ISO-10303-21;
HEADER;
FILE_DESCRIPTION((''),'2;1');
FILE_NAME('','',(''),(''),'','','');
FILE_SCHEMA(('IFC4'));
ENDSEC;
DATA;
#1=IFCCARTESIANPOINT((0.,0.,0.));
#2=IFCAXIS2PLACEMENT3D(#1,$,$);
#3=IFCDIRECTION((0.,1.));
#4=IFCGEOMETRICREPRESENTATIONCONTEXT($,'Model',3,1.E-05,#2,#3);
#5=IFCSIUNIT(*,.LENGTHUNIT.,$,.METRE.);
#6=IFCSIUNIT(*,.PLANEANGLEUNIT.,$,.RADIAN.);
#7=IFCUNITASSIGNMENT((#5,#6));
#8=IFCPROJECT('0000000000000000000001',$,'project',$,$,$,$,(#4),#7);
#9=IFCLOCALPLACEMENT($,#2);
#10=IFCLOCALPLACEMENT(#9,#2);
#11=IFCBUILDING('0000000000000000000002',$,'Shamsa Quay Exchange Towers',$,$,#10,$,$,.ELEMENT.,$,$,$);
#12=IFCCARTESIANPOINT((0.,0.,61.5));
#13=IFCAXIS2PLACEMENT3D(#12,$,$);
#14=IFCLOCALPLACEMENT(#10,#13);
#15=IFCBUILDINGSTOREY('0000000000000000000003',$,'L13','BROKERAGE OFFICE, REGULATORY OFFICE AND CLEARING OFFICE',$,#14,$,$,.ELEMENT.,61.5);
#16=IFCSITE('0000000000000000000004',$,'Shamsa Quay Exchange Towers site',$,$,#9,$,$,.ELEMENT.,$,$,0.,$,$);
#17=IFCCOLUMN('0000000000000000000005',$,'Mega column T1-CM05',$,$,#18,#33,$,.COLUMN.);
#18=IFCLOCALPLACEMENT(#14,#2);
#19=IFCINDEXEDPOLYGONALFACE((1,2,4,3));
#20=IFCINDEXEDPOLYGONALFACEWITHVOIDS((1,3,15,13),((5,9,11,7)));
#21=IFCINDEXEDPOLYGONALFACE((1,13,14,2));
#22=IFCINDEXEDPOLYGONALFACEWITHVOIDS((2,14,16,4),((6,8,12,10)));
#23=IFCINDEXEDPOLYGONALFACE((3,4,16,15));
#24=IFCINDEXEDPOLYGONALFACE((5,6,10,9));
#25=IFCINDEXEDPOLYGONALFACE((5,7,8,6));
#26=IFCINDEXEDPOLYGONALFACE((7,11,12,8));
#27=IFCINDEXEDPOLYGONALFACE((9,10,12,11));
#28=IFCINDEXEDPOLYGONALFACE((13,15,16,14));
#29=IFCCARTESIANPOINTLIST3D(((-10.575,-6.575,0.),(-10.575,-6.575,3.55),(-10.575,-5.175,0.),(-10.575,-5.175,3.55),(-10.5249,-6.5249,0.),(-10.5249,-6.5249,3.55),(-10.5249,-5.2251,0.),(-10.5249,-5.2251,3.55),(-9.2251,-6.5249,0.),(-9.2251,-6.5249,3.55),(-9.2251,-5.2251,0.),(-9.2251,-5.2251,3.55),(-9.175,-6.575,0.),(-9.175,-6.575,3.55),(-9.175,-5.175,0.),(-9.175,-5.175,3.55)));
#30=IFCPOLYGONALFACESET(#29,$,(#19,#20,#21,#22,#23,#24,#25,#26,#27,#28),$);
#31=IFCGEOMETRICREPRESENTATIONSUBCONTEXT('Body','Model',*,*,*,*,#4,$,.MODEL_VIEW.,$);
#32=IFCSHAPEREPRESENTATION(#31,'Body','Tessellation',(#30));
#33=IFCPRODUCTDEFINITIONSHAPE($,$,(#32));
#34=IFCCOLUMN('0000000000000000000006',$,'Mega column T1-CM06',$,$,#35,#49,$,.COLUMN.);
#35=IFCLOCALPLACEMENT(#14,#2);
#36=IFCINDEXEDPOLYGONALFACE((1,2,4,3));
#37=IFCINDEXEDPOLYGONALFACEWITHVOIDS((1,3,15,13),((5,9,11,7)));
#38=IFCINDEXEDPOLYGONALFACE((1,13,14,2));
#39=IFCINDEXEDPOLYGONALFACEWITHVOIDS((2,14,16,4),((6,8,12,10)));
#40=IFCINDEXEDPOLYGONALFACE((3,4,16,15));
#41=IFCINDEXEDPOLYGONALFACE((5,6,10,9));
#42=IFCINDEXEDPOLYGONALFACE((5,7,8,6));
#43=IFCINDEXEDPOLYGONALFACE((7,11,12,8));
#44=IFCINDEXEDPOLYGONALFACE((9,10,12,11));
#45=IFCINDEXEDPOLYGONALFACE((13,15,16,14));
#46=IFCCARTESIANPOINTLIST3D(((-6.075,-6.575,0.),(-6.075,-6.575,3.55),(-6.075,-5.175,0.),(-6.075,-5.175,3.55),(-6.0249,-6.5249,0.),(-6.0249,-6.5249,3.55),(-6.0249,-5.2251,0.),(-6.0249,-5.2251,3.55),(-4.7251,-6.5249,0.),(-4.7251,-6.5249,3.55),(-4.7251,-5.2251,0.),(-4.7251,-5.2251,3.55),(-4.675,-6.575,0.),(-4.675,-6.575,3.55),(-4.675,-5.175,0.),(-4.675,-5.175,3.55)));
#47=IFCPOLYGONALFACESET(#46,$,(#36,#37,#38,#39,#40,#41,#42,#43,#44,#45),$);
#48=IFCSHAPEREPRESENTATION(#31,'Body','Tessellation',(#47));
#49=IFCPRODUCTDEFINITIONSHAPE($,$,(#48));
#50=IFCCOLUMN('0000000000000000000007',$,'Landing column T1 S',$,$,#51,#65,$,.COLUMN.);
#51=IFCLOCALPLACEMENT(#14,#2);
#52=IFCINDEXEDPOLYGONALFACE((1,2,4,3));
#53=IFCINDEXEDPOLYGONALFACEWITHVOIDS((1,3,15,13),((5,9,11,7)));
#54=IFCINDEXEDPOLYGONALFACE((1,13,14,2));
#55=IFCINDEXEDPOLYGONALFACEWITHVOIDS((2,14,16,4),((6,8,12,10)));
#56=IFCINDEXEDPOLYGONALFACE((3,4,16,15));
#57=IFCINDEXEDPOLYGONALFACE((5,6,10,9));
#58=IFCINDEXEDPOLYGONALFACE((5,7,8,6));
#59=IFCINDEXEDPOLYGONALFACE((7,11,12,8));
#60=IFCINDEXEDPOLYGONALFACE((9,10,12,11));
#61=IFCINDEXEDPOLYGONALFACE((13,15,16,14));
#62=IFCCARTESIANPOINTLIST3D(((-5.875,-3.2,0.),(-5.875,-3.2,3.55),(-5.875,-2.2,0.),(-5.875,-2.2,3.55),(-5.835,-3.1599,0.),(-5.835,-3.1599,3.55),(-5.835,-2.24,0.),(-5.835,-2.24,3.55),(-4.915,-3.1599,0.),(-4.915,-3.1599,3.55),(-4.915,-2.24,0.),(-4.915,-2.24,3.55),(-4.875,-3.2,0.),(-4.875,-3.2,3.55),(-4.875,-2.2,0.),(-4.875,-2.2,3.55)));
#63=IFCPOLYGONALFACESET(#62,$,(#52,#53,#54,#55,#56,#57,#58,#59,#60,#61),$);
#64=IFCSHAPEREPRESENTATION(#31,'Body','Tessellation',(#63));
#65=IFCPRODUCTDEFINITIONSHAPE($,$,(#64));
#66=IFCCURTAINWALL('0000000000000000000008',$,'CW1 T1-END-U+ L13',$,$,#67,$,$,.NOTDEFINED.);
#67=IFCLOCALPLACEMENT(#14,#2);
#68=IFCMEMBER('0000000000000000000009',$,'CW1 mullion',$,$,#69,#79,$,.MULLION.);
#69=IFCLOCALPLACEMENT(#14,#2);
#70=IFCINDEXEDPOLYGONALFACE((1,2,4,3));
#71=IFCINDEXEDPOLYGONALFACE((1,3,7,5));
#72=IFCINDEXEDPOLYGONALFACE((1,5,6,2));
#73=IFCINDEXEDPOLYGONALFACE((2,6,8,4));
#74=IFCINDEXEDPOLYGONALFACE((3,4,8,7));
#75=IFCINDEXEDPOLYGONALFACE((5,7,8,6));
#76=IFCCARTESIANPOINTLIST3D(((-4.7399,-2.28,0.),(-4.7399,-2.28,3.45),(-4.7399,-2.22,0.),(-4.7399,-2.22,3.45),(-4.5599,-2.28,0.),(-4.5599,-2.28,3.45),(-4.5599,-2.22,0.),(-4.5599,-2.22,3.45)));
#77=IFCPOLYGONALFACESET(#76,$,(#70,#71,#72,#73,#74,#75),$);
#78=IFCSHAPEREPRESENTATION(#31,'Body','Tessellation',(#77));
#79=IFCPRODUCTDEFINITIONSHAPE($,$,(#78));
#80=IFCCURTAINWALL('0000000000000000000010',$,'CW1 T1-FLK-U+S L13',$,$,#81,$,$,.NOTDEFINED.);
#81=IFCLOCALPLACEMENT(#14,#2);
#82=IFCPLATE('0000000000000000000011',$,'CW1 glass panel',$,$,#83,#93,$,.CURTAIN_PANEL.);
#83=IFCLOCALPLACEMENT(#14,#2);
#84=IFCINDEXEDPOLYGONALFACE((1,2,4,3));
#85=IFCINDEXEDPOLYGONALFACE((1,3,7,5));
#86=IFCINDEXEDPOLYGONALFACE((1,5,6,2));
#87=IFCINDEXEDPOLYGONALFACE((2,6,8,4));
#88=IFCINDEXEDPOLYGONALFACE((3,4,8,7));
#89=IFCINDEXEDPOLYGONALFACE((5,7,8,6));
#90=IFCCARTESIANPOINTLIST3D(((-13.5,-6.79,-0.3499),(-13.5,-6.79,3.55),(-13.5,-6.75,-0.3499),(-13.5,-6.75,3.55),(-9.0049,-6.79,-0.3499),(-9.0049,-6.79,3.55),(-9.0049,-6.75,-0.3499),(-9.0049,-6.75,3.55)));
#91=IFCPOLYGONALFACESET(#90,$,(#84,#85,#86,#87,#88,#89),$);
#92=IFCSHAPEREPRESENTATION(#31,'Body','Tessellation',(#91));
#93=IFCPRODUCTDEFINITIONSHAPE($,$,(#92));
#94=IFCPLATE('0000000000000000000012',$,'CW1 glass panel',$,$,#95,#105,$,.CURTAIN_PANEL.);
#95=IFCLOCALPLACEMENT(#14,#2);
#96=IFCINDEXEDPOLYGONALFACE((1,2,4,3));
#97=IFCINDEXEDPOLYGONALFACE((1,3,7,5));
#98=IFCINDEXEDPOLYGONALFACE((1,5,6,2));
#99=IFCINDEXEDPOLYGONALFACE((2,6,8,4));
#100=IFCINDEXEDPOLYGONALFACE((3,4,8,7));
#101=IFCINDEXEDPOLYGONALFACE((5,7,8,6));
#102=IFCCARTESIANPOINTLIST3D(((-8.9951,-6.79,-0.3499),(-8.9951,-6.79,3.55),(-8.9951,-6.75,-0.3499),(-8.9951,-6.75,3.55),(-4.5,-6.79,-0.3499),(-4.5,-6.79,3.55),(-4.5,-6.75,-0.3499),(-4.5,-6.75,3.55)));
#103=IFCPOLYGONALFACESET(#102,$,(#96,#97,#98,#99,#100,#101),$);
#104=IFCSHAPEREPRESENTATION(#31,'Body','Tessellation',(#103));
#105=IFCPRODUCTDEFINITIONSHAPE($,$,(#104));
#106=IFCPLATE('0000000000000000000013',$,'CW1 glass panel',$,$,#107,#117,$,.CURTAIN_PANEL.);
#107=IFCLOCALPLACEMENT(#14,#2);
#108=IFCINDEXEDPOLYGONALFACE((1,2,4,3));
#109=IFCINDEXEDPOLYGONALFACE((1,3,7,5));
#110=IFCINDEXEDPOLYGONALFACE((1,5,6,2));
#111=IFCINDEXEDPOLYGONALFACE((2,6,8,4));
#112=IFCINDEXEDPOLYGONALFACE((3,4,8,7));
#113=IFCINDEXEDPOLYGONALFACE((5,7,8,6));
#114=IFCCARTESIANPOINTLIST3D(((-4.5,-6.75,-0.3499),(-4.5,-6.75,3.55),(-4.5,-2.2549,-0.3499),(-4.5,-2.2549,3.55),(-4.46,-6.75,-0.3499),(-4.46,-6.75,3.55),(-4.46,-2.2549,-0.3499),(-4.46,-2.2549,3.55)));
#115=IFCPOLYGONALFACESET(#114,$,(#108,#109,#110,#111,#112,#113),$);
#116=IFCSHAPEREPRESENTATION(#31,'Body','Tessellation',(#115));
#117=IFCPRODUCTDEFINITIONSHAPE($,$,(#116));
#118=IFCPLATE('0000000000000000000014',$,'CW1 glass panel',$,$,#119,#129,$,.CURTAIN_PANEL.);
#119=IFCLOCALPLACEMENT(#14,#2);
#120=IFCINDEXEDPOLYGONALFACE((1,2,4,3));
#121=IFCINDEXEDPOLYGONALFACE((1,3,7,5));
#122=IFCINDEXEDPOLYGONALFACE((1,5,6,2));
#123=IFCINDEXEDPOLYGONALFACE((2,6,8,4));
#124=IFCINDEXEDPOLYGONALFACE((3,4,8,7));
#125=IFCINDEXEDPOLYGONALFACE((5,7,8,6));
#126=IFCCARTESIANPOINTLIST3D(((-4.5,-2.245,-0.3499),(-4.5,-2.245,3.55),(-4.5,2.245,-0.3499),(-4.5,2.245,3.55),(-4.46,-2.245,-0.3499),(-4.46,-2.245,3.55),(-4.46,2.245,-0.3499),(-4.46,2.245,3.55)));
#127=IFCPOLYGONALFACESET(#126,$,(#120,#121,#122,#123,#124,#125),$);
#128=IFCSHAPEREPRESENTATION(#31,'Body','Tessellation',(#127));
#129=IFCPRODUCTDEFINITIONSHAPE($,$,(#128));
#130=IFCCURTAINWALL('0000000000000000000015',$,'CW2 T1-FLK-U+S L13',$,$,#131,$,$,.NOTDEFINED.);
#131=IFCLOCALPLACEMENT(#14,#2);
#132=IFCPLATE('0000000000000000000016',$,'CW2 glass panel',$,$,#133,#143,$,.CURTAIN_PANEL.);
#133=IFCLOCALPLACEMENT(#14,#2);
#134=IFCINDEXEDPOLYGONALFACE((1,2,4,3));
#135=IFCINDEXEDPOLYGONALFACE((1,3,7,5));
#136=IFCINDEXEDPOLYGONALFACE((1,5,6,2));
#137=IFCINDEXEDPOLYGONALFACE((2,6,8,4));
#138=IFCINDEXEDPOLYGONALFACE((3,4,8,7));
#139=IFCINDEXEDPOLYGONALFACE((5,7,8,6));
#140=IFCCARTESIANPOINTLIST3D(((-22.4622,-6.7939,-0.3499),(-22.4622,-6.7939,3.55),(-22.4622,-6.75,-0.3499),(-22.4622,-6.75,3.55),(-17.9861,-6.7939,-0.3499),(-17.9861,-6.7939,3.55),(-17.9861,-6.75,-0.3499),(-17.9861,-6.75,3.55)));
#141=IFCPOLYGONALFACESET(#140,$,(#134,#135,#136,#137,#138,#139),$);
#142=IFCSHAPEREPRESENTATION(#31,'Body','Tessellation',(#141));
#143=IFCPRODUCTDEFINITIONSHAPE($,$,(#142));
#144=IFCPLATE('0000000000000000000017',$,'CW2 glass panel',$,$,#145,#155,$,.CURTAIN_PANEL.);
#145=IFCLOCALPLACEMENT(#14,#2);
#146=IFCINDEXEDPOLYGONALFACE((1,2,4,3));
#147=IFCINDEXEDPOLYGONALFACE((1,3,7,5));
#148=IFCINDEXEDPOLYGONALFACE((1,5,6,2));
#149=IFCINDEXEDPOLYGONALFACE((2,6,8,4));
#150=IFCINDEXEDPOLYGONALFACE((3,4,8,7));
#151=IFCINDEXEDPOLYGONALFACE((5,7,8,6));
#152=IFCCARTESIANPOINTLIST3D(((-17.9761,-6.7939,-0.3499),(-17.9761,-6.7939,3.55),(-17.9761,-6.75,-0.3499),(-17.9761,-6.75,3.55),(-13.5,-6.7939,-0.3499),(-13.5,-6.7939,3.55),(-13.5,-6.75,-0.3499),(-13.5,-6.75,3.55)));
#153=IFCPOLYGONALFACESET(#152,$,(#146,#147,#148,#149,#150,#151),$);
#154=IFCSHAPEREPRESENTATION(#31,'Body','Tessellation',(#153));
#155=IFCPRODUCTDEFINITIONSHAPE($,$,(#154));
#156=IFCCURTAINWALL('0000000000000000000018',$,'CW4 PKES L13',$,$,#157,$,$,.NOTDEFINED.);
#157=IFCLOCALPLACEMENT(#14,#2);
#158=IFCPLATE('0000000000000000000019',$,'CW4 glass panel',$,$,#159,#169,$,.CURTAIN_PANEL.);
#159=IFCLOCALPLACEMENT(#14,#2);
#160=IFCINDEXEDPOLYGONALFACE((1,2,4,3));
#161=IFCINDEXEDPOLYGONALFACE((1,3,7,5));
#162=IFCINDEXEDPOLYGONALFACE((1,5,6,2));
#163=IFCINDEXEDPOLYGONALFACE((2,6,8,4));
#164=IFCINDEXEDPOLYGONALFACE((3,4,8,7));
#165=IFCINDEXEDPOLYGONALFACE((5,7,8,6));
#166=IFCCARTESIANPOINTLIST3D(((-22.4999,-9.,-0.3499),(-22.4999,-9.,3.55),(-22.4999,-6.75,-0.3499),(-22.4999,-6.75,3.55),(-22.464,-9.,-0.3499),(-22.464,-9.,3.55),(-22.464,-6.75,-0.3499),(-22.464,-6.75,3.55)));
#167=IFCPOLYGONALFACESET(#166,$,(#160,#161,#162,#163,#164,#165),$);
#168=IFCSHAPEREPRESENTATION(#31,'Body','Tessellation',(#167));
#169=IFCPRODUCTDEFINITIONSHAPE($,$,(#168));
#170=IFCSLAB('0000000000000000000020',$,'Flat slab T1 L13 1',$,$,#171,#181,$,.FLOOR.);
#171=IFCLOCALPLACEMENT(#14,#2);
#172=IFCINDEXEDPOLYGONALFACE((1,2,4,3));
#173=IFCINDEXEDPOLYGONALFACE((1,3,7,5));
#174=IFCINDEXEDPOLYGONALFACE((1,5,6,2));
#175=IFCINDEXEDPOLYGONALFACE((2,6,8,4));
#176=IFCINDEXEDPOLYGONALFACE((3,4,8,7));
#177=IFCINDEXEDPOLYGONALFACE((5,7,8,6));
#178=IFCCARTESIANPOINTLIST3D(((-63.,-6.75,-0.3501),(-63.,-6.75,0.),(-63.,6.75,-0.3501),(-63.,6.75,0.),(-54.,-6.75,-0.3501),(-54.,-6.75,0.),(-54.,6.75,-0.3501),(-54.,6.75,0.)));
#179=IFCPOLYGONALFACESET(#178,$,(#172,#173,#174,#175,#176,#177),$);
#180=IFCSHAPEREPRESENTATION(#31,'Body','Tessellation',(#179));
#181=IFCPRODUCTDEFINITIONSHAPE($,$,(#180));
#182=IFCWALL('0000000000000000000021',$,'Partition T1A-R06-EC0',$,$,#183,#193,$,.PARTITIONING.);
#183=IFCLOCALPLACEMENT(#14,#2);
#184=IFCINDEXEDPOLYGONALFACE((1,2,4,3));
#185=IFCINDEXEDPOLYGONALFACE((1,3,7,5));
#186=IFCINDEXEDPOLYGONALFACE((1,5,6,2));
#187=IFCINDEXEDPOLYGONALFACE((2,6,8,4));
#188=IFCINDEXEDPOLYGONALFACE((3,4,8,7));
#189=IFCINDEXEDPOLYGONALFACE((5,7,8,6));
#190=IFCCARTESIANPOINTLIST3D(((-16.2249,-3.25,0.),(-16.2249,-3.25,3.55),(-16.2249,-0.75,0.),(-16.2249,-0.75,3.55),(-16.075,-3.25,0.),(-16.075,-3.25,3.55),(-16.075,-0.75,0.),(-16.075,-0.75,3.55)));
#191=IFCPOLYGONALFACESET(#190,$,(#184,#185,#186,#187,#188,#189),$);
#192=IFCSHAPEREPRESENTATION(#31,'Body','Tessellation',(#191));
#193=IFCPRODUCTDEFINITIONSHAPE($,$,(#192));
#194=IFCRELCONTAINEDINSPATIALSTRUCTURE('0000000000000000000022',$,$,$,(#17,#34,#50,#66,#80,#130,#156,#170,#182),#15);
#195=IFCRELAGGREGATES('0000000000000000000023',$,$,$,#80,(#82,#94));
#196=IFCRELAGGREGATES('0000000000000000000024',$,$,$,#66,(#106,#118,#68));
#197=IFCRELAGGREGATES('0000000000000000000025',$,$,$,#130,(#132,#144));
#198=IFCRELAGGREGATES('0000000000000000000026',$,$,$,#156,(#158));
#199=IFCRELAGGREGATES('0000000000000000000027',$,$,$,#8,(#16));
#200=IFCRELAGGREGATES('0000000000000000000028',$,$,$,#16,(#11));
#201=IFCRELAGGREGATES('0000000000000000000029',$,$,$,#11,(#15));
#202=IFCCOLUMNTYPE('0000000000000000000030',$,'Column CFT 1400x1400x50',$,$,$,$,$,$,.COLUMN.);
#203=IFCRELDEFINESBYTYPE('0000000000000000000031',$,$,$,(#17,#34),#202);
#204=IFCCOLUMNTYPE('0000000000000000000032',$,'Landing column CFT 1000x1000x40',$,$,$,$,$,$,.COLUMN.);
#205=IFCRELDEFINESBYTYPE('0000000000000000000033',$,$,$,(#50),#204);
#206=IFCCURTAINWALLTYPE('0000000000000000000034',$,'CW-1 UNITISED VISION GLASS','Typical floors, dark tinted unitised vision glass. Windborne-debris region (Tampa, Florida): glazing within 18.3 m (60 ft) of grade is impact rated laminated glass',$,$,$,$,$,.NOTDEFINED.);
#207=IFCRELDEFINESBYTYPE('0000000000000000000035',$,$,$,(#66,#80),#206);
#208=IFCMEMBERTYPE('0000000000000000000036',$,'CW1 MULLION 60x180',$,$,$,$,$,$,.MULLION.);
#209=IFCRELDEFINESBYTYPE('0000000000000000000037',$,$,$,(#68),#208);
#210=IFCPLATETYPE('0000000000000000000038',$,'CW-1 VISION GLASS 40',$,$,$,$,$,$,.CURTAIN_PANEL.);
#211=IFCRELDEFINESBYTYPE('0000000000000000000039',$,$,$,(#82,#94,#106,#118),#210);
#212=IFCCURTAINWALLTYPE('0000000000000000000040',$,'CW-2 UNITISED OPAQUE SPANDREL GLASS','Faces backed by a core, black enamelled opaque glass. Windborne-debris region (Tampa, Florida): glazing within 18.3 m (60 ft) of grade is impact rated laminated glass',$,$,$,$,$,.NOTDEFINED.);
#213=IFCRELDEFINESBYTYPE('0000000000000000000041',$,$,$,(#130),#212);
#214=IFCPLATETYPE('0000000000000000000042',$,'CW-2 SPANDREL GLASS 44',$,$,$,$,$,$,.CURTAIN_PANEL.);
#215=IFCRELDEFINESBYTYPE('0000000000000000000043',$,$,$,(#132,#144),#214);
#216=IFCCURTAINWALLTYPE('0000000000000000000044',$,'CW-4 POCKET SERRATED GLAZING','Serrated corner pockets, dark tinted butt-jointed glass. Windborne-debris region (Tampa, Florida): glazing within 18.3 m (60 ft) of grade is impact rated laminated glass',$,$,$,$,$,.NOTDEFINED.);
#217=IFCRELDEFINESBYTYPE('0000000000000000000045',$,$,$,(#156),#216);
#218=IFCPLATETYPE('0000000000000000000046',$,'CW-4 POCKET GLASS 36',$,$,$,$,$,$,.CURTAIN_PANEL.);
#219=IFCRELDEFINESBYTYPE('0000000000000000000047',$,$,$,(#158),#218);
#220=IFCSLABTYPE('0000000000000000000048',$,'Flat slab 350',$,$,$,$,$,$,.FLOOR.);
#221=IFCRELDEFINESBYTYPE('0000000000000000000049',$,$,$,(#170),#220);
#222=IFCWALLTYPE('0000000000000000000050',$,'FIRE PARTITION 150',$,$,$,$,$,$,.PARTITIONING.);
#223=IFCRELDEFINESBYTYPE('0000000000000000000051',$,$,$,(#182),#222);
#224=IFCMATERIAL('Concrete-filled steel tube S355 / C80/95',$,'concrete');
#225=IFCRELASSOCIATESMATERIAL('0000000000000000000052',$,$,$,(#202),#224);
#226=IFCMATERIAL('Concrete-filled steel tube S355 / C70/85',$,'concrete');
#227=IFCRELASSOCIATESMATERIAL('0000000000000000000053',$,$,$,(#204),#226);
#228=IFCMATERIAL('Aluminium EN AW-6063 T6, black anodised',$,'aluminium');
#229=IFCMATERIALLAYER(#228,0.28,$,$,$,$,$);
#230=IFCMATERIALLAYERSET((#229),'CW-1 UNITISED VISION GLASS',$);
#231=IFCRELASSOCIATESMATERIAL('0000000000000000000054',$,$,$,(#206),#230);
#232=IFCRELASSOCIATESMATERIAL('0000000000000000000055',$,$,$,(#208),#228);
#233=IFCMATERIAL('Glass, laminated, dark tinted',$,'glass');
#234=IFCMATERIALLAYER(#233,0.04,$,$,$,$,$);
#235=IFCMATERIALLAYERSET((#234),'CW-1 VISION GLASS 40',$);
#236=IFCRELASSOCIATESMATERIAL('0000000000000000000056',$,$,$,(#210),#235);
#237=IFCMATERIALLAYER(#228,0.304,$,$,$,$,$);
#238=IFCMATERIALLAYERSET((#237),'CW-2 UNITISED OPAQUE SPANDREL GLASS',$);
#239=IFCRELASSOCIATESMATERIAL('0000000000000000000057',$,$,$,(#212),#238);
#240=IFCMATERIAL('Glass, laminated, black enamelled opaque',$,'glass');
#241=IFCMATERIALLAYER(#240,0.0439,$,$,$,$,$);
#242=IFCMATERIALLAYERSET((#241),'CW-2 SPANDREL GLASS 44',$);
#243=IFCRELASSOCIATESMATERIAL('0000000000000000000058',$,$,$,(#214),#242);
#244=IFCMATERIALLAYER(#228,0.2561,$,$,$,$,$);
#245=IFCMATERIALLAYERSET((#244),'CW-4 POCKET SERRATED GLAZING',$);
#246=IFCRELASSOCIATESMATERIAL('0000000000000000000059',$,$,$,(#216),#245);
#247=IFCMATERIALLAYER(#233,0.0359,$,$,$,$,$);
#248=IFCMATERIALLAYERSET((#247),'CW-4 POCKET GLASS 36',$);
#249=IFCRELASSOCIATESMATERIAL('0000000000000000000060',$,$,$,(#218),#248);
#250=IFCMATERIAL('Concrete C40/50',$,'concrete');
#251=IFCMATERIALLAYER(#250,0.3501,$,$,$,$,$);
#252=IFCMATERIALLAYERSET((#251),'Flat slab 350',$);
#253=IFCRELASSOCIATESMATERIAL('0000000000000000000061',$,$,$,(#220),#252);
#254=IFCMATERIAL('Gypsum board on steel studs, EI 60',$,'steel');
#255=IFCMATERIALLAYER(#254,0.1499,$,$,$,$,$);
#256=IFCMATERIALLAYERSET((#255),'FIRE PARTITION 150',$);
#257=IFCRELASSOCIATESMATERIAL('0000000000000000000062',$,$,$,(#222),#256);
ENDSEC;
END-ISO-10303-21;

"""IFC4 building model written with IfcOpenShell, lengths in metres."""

from ifc_helpers import new_model, si_unit, direction, frame, frame_2d, origin, origin_2d, place, context, subcontext, project, spatial, polyline, rectangle, hollow_rectangle, outline, extrude, material, layer, layer_set, material_profile, profile_set, type_object, element, aggregate, save


model = new_model("IFC4")

# Units and contexts
model_context = context("Model", 3, precision=1e-05, world=origin(), true_north=direction((0.0, 1.0)))
body_context = subcontext(model_context, "Body", "Model", "MODEL_VIEW")
ifc_project = project(units=[si_unit("LENGTHUNIT", "METRE"), si_unit("PLANEANGLEUNIT", "RADIAN")], contexts=[model_context])

# Site, building, storey
site_placement = place(None, origin())
site = spatial("IfcSite", under=ifc_project, at=site_placement, Name="Shamsa Quay Exchange Towers site", CompositionType="ELEMENT", RefElevation=0.0)
building_placement = place(site_placement, origin())
building = spatial("IfcBuilding", under=site, at=building_placement, Name="Shamsa Quay Exchange Towers", CompositionType="ELEMENT")
storey_placement = place(building_placement, frame((0.0, 0.0, 61.5)))
storey = spatial("IfcBuildingStorey", under=building, at=storey_placement, Name="L13", Description="BROKERAGE OFFICE, REGULATORY OFFICE AND CLEARING OFFICE", CompositionType="ELEMENT", Elevation=61.5)

# Columns
ifc_material_1 = material(Name="Concrete-filled steel tube S355 / C80/95", Category="concrete")
ifc_material_profile_1 = material_profile(ifc_material_1, hollow_rectangle(XDim=1.3999, YDim=1.3999, WallThickness=0.05, at=origin_2d()), Name="CFT 1400x1400x50")
ifc_profile_set_1 = profile_set([ifc_material_profile_1], Name="Concrete-filled steel tube S355 / C80/95")
column_type_1 = type_object("IfcColumnType", Name="Column CFT 1400x1400x50", PredefinedType="COLUMN", material=ifc_profile_set_1)
for number, where, name in (
    (1, (-9.875, -5.875, 0.0), "Mega column T1-CM05"),
    (2, (-5.375, -5.875, 0.0), "Mega column T1-CM06"),
):
    element("IfcColumn", number, at=place(storey_placement, frame(where)), inside=storey, type_object=column_type_1, Name=name, PredefinedType="COLUMN", context=body_context, shape_type="SweptSolid", body=[
        extrude(hollow_rectangle(XDim=1.3999, YDim=1.3999, WallThickness=0.05, at=origin_2d()), origin(), (0.0, 0.0, 1.0), 3.55),
    ])
ifc_material_2 = material(Name="Concrete-filled steel tube S355 / C70/85", Category="concrete")
ifc_material_profile_2 = material_profile(ifc_material_2, hollow_rectangle(XDim=1.0, YDim=1.0, WallThickness=0.04, at=origin_2d()), Name="CFT 1000x1000x40")
ifc_profile_set_2 = profile_set([ifc_material_profile_2], Name="Concrete-filled steel tube S355 / C70/85")
column_type_2 = type_object("IfcColumnType", Name="Landing column CFT 1000x1000x40", PredefinedType="COLUMN", material=ifc_profile_set_2)
column_placement = place(storey_placement, frame((-5.375, -2.7, 0.0)))
element("IfcColumn", 3, at=column_placement, inside=storey, type_object=column_type_2, Name="Landing column T1 S", PredefinedType="COLUMN", context=body_context, shape_type="SweptSolid", body=[
    extrude(hollow_rectangle(XDim=1.0, YDim=1.0, WallThickness=0.04, at=origin_2d()), origin(), (0.0, 0.0, 1.0), 3.55),
])

# Curtain wall, member
ifc_material_3 = material(Name="Aluminium EN AW-6063 T6, black anodised", Category="aluminium")
ifc_layer_1 = layer(ifc_material_3, 0.28)
ifc_layer_set_1 = layer_set([ifc_layer_1], Name="CW-1 UNITISED VISION GLASS")
curtain_wall_type_1 = type_object("IfcCurtainWallType", Name="CW-1 UNITISED VISION GLASS", Description="Typical floors, dark tinted unitised vision glass. Windborne-debris region (Tampa, Florida): glazing within 18.3 m (60 ft) of grade is impact rated laminated glass", PredefinedType="NOTDEFINED", material=ifc_layer_set_1)
curtain_wall_1_placement = place(storey_placement, origin())
curtain_wall_1 = element("IfcCurtainWall", 4, at=curtain_wall_1_placement, inside=storey, type_object=curtain_wall_type_1, Name="CW1 T1-END-U+ L13", PredefinedType="NOTDEFINED")
ifc_material_profile_3 = material_profile(ifc_material_3, rectangle(XDim=0.1799, YDim=0.0601, at=origin_2d()), Name="MU60x180")
ifc_profile_set_3 = profile_set([ifc_material_profile_3], Name="Aluminium EN AW-6063 T6, black anodised")
member_type = type_object("IfcMemberType", Name="CW1 MULLION 60x180", PredefinedType="MULLION", material=ifc_profile_set_3)
member_placement = place(storey_placement, frame((-4.6499, -2.25, 0.0), z_axis=(0.0, 0.0, 1.0), x_axis=(-1.0, 0.0, 0.0)))
member = element("IfcMember", 5, at=member_placement, type_object=member_type, Name="CW1 mullion", PredefinedType="MULLION", context=body_context, shape_type="SweptSolid", body=[
    extrude(rectangle(XDim=0.1799, YDim=0.0601, at=origin_2d()), origin(), (0.0, 0.0, 1.0), 3.45),
])

# Curtain wall, plates
curtain_wall_2_placement = place(storey_placement, origin())
curtain_wall_2 = element("IfcCurtainWall", 6, at=curtain_wall_2_placement, inside=storey, type_object=curtain_wall_type_1, Name="CW1 T1-FLK-U+S L13", PredefinedType="NOTDEFINED")
ifc_material_4 = material(Name="Glass, laminated, dark tinted", Category="glass")
ifc_layer_2 = layer(ifc_material_4, 0.04)
ifc_layer_set_2 = layer_set([ifc_layer_2], Name="CW-1 VISION GLASS 40")
plate_type_1 = type_object("IfcPlateType", Name="CW-1 VISION GLASS 40", PredefinedType="CURTAIN_PANEL", material=ifc_layer_set_2)
plate_1_placement = place(storey_placement, frame((-11.2524, -6.77, -0.3499)))
plate_1 = element("IfcPlate", 7, at=plate_1_placement, type_object=plate_type_1, Name="CW1 glass panel", PredefinedType="CURTAIN_PANEL", context=body_context, shape_type="SweptSolid", body=[
    extrude(rectangle(XDim=4.4951, YDim=0.04, at=origin_2d()), origin(), (0.0, 0.0, 1.0), 3.8999),
])
plate_2_placement = place(storey_placement, frame((-6.7476, -6.77, -0.3499)))
plate_2 = element("IfcPlate", 8, at=plate_2_placement, type_object=plate_type_1, Name="CW1 glass panel", PredefinedType="CURTAIN_PANEL", context=body_context, shape_type="SweptSolid", body=[
    extrude(rectangle(XDim=4.4951, YDim=0.04, at=origin_2d()), origin(), (0.0, 0.0, 1.0), 3.8999),
])
aggregate(curtain_wall_2, [plate_1, plate_2])

# Plates
plate_3_placement = place(storey_placement, frame((-4.48, -4.5024, -0.3499), z_axis=(0.0, 0.0, 1.0), x_axis=(0.0, 1.0, 0.0)))
plate_3 = element("IfcPlate", 9, at=plate_3_placement, type_object=plate_type_1, Name="CW1 glass panel", PredefinedType="CURTAIN_PANEL", context=body_context, shape_type="SweptSolid", body=[
    extrude(rectangle(XDim=4.4951, YDim=0.04, at=origin_2d()), origin(), (0.0, 0.0, 1.0), 3.8999),
])
plate_4_placement = place(storey_placement, frame((-4.48, 0.0, -0.3499), z_axis=(0.0, 0.0, 1.0), x_axis=(0.0, 1.0, 0.0)))
plate_4 = element("IfcPlate", 10, at=plate_4_placement, type_object=plate_type_1, Name="CW1 glass panel", PredefinedType="CURTAIN_PANEL", context=body_context, shape_type="SweptSolid", body=[
    extrude(rectangle(XDim=4.49, YDim=0.04, at=origin_2d()), origin(), (0.0, 0.0, 1.0), 3.8999),
])
aggregate(curtain_wall_1, [plate_3, plate_4, member])

# Curtain wall, plates
ifc_layer_3 = layer(ifc_material_3, 0.304)
ifc_layer_set_3 = layer_set([ifc_layer_3], Name="CW-2 UNITISED OPAQUE SPANDREL GLASS")
curtain_wall_type_2 = type_object("IfcCurtainWallType", Name="CW-2 UNITISED OPAQUE SPANDREL GLASS", Description="Faces backed by a core, black enamelled opaque glass. Windborne-debris region (Tampa, Florida): glazing within 18.3 m (60 ft) of grade is impact rated laminated glass", PredefinedType="NOTDEFINED", material=ifc_layer_set_3)
curtain_wall_3_placement = place(storey_placement, origin())
curtain_wall_3 = element("IfcCurtainWall", 11, at=curtain_wall_3_placement, inside=storey, type_object=curtain_wall_type_2, Name="CW2 T1-FLK-U+S L13", PredefinedType="NOTDEFINED")
ifc_material_5 = material(Name="Glass, laminated, black enamelled opaque", Category="glass")
ifc_layer_4 = layer(ifc_material_5, 0.0439)
ifc_layer_set_4 = layer_set([ifc_layer_4], Name="CW-2 SPANDREL GLASS 44")
plate_type_2 = type_object("IfcPlateType", Name="CW-2 SPANDREL GLASS 44", PredefinedType="CURTAIN_PANEL", material=ifc_layer_set_4)
plate_5_placement = place(storey_placement, frame((-20.2241, -6.772, -0.3499)))
plate_5 = element("IfcPlate", 12, at=plate_5_placement, type_object=plate_type_2, Name="CW2 glass panel", PredefinedType="CURTAIN_PANEL", context=body_context, shape_type="SweptSolid", body=[
    extrude(rectangle(XDim=4.4761, YDim=0.0439, at=origin_2d()), origin(), (0.0, 0.0, 1.0), 3.8999),
])
plate_6_placement = place(storey_placement, frame((-15.738, -6.772, -0.3499)))
plate_6 = element("IfcPlate", 13, at=plate_6_placement, type_object=plate_type_2, Name="CW2 glass panel", PredefinedType="CURTAIN_PANEL", context=body_context, shape_type="SweptSolid", body=[
    extrude(rectangle(XDim=4.4761, YDim=0.0439, at=origin_2d()), origin(), (0.0, 0.0, 1.0), 3.8999),
])
aggregate(curtain_wall_3, [plate_5, plate_6])

# Curtain wall, plate
ifc_layer_5 = layer(ifc_material_3, 0.2561)
ifc_layer_set_5 = layer_set([ifc_layer_5], Name="CW-4 POCKET SERRATED GLAZING")
curtain_wall_type_3 = type_object("IfcCurtainWallType", Name="CW-4 POCKET SERRATED GLAZING", Description="Serrated corner pockets, dark tinted butt-jointed glass. Windborne-debris region (Tampa, Florida): glazing within 18.3 m (60 ft) of grade is impact rated laminated glass", PredefinedType="NOTDEFINED", material=ifc_layer_set_5)
curtain_wall_4_placement = place(storey_placement, origin())
curtain_wall_4 = element("IfcCurtainWall", 14, at=curtain_wall_4_placement, inside=storey, type_object=curtain_wall_type_3, Name="CW4 PKES L13", PredefinedType="NOTDEFINED")
ifc_layer_6 = layer(ifc_material_4, 0.0359)
ifc_layer_set_6 = layer_set([ifc_layer_6], Name="CW-4 POCKET GLASS 36")
plate_type_3 = type_object("IfcPlateType", Name="CW-4 POCKET GLASS 36", PredefinedType="CURTAIN_PANEL", material=ifc_layer_set_6)
plate_7_placement = place(storey_placement, frame((-22.4819, -7.875, -0.3499), z_axis=(0.0, 0.0, 1.0), x_axis=(0.0, 1.0, 0.0)))
plate_7 = element("IfcPlate", 15, at=plate_7_placement, type_object=plate_type_3, Name="CW4 glass panel", PredefinedType="CURTAIN_PANEL", context=body_context, shape_type="SweptSolid", body=[
    extrude(rectangle(XDim=2.25, YDim=0.0359, at=origin_2d()), origin(), (0.0, 0.0, 1.0), 3.8999),
])
aggregate(curtain_wall_4, [plate_7])

# Slab
ifc_material_6 = material(Name="Concrete C40/50", Category="concrete")
ifc_layer_7 = layer(ifc_material_6, 0.3501)
ifc_layer_set_7 = layer_set([ifc_layer_7], Name="Flat slab 350")
slab_type = type_object("IfcSlabType", Name="Flat slab 350", PredefinedType="FLOOR", material=ifc_layer_set_7)
slab_placement = place(storey_placement, frame((0.0, 0.0, -0.3501)))
element("IfcSlab", 16, at=slab_placement, inside=storey, type_object=slab_type, Name="Flat slab T1 L13 1", PredefinedType="FLOOR", context=body_context, shape_type="SweptSolid", body=[
    extrude(outline(polyline([(-63.0, -6.75), (-54.0, -6.75), (-54.0, 6.75), (-63.0, 6.75), (-63.0, -6.75)])), origin(), (0.0, 0.0, 1.0), 0.3501),
])

# Wall
ifc_material_7 = material(Name="Gypsum board on steel studs, EI 60", Category="steel")
ifc_layer_8 = layer(ifc_material_7, 0.1499)
ifc_layer_set_8 = layer_set([ifc_layer_8], Name="FIRE PARTITION 150")
wall_type_1 = type_object("IfcWallType", Name="FIRE PARTITION 150", PredefinedType="PARTITIONING", material=ifc_layer_set_8)
wall_1_placement = place(storey_placement, frame((-16.1499, -3.25, 0.0), z_axis=(0.0, 0.0, 1.0), x_axis=(0.0, 1.0, 0.0)))
element("IfcWall", 17, at=wall_1_placement, inside=storey, type_object=wall_type_1, Name="Partition T1A-R06-EC0", PredefinedType="PARTITIONING", context=body_context, shape_type="SweptSolid", body=[
    extrude(rectangle(XDim=2.5, YDim=0.1499, at=frame_2d((1.25, 0.0))), origin(), (0.0, 0.0, 1.0), 3.55),
])

save(model, "model.ifc")
